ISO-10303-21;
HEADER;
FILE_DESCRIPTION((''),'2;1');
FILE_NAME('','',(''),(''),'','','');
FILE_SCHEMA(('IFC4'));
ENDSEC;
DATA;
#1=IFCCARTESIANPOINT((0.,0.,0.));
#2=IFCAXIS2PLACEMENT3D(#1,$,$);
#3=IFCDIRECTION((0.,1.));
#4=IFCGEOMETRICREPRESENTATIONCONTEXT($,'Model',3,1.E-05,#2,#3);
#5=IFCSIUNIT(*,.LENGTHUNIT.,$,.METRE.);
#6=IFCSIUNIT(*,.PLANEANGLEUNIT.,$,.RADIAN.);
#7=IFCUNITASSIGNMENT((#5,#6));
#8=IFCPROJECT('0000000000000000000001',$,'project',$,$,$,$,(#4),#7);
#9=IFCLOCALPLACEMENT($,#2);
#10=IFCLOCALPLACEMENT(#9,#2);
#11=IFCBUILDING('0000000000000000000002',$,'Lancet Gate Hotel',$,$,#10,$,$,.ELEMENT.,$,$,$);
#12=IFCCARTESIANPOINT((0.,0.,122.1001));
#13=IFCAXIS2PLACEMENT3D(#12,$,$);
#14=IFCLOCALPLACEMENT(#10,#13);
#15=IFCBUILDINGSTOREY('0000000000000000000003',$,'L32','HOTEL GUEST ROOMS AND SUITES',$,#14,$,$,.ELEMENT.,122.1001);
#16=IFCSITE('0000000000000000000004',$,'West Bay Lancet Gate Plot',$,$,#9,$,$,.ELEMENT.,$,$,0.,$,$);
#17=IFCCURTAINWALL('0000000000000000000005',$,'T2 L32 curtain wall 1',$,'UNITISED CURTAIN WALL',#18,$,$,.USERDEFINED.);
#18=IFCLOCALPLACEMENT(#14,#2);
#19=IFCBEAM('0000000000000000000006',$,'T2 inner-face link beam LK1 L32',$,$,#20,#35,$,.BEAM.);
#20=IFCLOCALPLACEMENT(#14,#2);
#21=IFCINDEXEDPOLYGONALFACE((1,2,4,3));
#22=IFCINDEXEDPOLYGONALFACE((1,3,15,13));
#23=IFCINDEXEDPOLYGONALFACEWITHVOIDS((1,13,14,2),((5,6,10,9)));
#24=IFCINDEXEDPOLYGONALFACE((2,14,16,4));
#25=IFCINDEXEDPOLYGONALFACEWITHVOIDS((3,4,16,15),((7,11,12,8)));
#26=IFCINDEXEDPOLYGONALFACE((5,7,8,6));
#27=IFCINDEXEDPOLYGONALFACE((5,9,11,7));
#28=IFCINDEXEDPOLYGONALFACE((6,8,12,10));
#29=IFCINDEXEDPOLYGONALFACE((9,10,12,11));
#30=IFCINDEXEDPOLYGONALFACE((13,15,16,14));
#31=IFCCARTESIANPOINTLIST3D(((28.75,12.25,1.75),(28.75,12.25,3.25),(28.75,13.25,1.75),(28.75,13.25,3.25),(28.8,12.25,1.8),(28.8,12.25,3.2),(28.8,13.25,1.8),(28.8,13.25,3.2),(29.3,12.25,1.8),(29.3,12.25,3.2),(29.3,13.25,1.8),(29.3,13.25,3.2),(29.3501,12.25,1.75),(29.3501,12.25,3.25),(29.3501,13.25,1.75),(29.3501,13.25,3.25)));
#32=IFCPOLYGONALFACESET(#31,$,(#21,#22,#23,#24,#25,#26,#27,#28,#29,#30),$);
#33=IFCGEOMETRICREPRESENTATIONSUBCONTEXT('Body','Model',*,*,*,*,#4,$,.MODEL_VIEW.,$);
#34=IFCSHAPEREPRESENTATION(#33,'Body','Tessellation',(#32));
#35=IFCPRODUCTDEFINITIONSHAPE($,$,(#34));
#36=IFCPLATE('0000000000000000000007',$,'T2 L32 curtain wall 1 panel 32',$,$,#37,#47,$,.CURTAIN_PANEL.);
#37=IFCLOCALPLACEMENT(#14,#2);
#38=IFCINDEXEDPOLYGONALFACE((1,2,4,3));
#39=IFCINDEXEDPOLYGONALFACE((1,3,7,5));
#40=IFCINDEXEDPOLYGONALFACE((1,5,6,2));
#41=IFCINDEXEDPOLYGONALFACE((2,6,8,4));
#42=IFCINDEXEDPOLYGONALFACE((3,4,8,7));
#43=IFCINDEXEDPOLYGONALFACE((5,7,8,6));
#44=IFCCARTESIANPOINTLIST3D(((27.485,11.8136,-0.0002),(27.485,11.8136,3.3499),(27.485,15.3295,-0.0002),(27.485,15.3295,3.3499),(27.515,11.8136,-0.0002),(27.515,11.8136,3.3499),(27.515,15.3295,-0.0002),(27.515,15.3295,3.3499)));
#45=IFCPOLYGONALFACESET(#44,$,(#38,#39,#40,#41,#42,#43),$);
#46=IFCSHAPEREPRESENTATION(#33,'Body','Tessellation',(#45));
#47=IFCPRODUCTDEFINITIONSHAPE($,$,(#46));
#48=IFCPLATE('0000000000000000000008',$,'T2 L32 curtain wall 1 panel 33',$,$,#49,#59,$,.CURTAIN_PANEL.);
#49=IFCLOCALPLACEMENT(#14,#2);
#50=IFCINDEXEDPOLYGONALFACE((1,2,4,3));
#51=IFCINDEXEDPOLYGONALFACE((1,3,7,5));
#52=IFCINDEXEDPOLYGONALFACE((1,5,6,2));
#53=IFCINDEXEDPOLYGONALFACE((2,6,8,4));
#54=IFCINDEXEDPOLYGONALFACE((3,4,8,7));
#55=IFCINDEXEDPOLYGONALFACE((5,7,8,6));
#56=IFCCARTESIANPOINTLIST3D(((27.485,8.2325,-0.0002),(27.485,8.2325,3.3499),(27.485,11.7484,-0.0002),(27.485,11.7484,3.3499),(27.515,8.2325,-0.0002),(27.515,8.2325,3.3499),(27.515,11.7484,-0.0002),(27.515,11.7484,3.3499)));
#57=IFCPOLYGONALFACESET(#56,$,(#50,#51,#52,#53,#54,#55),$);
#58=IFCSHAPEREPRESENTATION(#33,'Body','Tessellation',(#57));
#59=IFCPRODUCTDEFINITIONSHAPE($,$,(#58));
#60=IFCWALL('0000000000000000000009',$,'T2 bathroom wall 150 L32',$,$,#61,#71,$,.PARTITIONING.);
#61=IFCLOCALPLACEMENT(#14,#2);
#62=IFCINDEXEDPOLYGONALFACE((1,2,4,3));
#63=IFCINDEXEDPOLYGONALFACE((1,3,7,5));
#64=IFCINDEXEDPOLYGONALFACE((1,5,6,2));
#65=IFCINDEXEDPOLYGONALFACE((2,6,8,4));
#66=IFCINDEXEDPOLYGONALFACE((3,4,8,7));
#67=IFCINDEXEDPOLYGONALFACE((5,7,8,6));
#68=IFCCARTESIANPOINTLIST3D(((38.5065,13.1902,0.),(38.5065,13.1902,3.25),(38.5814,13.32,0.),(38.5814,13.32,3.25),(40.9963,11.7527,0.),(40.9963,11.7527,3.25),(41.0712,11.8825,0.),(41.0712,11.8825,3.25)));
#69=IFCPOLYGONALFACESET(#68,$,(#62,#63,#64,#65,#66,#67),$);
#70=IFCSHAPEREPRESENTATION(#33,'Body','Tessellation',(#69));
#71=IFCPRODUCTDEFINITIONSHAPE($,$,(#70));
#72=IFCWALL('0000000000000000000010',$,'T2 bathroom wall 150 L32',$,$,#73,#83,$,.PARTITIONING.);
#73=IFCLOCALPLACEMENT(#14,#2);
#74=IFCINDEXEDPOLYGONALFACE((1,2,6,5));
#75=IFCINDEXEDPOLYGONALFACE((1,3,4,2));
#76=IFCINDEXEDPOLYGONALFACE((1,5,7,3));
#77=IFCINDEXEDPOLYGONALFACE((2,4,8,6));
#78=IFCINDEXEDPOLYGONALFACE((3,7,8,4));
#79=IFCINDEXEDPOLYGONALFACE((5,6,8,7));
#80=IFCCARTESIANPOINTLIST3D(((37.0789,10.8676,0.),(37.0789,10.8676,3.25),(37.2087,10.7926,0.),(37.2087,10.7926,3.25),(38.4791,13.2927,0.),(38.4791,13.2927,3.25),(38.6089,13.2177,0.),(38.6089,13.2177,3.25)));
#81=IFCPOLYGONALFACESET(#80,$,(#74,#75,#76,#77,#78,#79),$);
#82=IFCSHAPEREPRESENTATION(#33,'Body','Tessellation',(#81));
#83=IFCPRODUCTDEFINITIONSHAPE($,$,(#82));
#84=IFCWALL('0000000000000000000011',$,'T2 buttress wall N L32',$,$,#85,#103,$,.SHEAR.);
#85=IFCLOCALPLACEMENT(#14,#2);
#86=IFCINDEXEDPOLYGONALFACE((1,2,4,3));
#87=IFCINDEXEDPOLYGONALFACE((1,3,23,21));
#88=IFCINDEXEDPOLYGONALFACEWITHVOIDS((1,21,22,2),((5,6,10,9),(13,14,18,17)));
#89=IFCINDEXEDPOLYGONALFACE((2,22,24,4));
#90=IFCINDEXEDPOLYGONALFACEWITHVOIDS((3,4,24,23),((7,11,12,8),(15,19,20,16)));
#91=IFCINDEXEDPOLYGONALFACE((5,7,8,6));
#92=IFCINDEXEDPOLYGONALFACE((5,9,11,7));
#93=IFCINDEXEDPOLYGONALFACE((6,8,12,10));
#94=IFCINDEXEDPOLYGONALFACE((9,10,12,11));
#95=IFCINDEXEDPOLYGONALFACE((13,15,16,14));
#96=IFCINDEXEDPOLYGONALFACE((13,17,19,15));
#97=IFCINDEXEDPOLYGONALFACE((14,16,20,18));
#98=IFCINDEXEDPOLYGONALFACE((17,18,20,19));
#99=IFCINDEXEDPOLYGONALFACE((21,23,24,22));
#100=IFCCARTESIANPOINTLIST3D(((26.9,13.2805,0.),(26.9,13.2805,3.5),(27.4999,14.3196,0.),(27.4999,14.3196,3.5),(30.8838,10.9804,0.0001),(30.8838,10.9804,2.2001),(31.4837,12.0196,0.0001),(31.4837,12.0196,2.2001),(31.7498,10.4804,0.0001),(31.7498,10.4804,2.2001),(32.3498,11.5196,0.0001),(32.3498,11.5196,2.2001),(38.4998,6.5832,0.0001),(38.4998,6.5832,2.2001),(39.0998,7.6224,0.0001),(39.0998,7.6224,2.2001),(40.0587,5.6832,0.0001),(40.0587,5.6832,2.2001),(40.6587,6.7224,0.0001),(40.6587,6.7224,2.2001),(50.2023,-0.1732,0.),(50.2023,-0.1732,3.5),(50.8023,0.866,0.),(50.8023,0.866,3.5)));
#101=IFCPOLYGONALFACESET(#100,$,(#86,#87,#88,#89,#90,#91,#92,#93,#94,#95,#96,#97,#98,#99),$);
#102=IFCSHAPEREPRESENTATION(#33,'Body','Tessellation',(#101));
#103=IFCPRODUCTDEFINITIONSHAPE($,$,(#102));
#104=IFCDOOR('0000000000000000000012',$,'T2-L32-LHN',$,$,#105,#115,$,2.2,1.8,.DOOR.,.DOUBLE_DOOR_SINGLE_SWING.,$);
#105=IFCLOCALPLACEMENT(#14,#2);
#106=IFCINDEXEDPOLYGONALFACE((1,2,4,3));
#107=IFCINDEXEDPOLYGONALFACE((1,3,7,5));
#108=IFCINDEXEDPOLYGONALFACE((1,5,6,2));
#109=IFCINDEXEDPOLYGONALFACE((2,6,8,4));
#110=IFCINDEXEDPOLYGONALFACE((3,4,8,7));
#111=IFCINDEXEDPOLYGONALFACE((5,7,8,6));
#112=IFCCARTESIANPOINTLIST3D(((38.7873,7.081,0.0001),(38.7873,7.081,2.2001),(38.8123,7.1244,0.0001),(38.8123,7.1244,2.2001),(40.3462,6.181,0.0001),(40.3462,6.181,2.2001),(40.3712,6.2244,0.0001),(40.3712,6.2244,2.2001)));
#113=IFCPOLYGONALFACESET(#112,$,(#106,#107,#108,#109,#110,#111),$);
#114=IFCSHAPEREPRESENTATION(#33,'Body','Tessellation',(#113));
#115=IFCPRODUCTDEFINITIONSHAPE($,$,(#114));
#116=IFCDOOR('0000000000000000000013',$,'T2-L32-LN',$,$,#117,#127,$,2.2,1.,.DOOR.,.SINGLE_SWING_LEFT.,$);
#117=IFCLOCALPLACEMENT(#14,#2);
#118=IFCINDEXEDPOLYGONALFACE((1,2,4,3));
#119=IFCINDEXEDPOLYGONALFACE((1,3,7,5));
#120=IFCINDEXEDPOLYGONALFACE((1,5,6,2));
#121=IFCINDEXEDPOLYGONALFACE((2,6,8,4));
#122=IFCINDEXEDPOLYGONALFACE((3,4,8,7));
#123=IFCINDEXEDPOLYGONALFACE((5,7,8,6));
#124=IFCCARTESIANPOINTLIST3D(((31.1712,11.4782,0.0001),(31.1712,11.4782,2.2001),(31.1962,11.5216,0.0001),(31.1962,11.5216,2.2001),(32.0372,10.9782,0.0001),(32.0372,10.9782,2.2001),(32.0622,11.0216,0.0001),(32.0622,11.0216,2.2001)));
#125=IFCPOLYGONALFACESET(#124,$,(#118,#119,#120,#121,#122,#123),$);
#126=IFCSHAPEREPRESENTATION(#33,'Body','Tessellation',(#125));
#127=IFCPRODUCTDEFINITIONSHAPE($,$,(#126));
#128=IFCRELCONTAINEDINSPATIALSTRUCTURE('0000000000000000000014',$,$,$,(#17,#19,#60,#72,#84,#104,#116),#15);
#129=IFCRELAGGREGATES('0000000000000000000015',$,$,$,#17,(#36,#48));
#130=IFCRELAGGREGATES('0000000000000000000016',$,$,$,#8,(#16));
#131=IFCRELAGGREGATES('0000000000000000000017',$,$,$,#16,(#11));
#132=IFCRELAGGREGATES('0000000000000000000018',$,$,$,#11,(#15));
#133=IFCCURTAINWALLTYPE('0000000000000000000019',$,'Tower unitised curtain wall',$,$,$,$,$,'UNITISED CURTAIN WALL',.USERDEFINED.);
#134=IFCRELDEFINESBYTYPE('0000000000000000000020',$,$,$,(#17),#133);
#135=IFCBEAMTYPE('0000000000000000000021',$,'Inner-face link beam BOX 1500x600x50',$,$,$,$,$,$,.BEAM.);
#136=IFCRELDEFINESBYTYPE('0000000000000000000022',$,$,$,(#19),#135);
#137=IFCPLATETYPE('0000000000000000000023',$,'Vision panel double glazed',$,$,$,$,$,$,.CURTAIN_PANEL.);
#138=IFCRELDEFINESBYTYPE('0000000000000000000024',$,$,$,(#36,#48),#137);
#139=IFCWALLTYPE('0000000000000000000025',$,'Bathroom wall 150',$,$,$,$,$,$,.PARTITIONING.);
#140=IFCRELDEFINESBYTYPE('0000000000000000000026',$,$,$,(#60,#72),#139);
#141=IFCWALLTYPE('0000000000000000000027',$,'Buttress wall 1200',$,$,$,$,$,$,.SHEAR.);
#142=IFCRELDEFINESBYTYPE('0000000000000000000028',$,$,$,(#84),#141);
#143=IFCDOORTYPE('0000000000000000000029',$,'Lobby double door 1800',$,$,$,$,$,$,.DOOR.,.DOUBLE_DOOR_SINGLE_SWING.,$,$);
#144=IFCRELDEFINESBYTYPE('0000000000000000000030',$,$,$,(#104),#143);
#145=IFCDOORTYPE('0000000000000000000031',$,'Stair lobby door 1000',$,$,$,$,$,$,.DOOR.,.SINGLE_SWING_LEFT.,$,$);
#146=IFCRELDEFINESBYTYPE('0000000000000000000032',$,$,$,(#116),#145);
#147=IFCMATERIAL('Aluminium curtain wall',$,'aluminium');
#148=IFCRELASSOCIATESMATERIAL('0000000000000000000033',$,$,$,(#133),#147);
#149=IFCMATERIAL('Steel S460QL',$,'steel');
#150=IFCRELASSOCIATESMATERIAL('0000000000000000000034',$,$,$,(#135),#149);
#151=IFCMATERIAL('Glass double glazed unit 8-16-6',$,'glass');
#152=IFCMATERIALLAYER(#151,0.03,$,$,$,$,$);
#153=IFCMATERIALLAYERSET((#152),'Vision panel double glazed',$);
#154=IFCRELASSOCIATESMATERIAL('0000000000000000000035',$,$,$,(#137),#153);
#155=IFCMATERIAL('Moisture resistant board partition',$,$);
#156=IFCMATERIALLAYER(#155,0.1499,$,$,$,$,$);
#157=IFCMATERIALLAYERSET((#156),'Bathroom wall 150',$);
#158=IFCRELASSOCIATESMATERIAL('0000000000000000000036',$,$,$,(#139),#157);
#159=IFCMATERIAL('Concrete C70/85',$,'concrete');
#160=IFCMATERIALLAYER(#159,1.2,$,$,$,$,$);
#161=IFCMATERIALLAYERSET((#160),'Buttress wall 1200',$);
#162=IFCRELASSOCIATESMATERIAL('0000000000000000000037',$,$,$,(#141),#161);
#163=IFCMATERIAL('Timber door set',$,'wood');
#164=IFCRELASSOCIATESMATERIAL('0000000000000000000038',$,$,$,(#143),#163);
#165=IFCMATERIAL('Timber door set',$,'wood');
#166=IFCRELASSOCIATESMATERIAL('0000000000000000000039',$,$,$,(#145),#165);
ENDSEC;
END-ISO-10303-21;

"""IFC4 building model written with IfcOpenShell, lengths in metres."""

from ifc_helpers import new_model, si_unit, direction, frame, frame_2d, origin, origin_2d, place, context, subcontext, project, spatial, rectangle, hollow_rectangle, extrude, material, layer, layer_set, material_profile, profile_set, type_object, element, fill, aggregate, save


model = new_model("IFC4")

# Units and contexts
model_context = context("Model", 3, precision=1e-05, world=origin(), true_north=direction((0.0, 1.0)))
body_context = subcontext(model_context, "Body", "Model", "MODEL_VIEW")
ifc_project = project(units=[si_unit("LENGTHUNIT", "METRE"), si_unit("PLANEANGLEUNIT", "RADIAN")], contexts=[model_context])

# Site, building, storey
site_placement = place(None, origin())
site = spatial("IfcSite", under=ifc_project, at=site_placement, Name="West Bay Lancet Gate Plot", CompositionType="ELEMENT", RefElevation=0.0)
building_placement = place(site_placement, origin())
building = spatial("IfcBuilding", under=site, at=building_placement, Name="Lancet Gate Hotel", CompositionType="ELEMENT")
storey_placement = place(building_placement, frame((0.0, 0.0, 122.1001)))
storey = spatial("IfcBuildingStorey", under=building, at=storey_placement, Name="L32", Description="HOTEL GUEST ROOMS AND SUITES", CompositionType="ELEMENT", Elevation=122.1001)

# Curtain wall
ifc_material_1 = material(Name="Aluminium curtain wall", Category="aluminium")
curtain_wall_type = type_object("IfcCurtainWallType", Name="Tower unitised curtain wall", ElementType="UNITISED CURTAIN WALL", PredefinedType="USERDEFINED", material=ifc_material_1)
curtain_wall_placement = place(storey_placement, origin())
curtain_wall = element("IfcCurtainWall", 1, at=curtain_wall_placement, inside=storey, type_object=curtain_wall_type, Name="T2 L32 curtain wall 1", ObjectType="UNITISED CURTAIN WALL", PredefinedType="USERDEFINED")

# Beam
ifc_material_2 = material(Name="Steel S460QL", Category="steel")
ifc_material_profile_1 = material_profile(ifc_material_2, hollow_rectangle(XDim=0.6001, YDim=1.5, WallThickness=0.05, at=origin_2d()), Name="BOX 1500x600x50")
ifc_profile_set_1 = profile_set([ifc_material_profile_1], Name="Steel S460QL")
beam_type_1 = type_object("IfcBeamType", Name="Inner-face link beam BOX 1500x600x50", PredefinedType="BEAM", material=ifc_profile_set_1)
beam_1_placement = place(storey_placement, frame((29.05, 12.25, 2.5), z_axis=(0.0, 1.0, 0.0), x_axis=(-1.0, 0.0, 0.0)))
element("IfcBeam", 2, at=beam_1_placement, inside=storey, type_object=beam_type_1, Name="T2 inner-face link beam LK1 L32", PredefinedType="BEAM", context=body_context, shape_type="SweptSolid", body=[
    extrude(hollow_rectangle(XDim=0.6001, YDim=1.5, WallThickness=0.05, at=origin_2d()), origin(), (0.0, 0.0, 1.0), 1.0),
])

# Plates
ifc_material_3 = material(Name="Glass double glazed unit 8-16-6", Category="glass")
ifc_layer_1 = layer(ifc_material_3, 0.03)
ifc_layer_set_1 = layer_set([ifc_layer_1], Name="Vision panel double glazed")
plate_type = type_object("IfcPlateType", Name="Vision panel double glazed", PredefinedType="CURTAIN_PANEL", material=ifc_layer_set_1)
plate_1_placement = place(storey_placement, frame((27.5, 13.5715, -0.0002), z_axis=(0.0, 0.0, 1.0), x_axis=(0.0, -1.0, 0.0)))
plate_1 = element("IfcPlate", 3, at=plate_1_placement, type_object=plate_type, Name="T2 L32 curtain wall 1 panel 32", PredefinedType="CURTAIN_PANEL", context=body_context, shape_type="SweptSolid", body=[
    extrude(rectangle(XDim=3.5159, YDim=0.03, at=origin_2d()), origin(), (0.0, 0.0, 1.0), 3.3501),
])
plate_2_placement = place(storey_placement, frame((27.5, 9.9905, -0.0002), z_axis=(0.0, 0.0, 1.0), x_axis=(0.0, -1.0, 0.0)))
plate_2 = element("IfcPlate", 4, at=plate_2_placement, type_object=plate_type, Name="T2 L32 curtain wall 1 panel 33", PredefinedType="CURTAIN_PANEL", context=body_context, shape_type="SweptSolid", body=[
    extrude(rectangle(XDim=3.5159, YDim=0.03, at=origin_2d()), origin(), (0.0, 0.0, 1.0), 3.3501),
])
aggregate(curtain_wall, [plate_1, plate_2])

# Walls
ifc_material_4 = material(Name="Moisture resistant board partition")
ifc_layer_2 = layer(ifc_material_4, 0.1499)
ifc_layer_set_2 = layer_set([ifc_layer_2], Name="Bathroom wall 150")
wall_type_1 = type_object("IfcWallType", Name="Bathroom wall 150", PredefinedType="PARTITIONING", material=ifc_layer_set_2)
wall_1_placement = place(storey_placement, frame((38.5439, 13.2551, 0.0), z_axis=(0.0, 0.0, 1.0), x_axis=(0.866019, -0.500012, 0.0)))
element("IfcWall", 5, at=wall_1_placement, inside=storey, type_object=wall_type_1, Name="T2 bathroom wall 150 L32", PredefinedType="PARTITIONING", context=body_context, shape_type="SweptSolid", body=[
    extrude(rectangle(XDim=2.875, YDim=0.1499, at=frame_2d((1.4375, 0.0))), origin(), (0.0, 0.0, 1.0), 3.25),
])
wall_2_placement = place(storey_placement, frame((37.1438, 10.8301, 0.0), z_axis=(0.0, 0.0, 1.0), x_axis=(0.500012, 0.866019, 0.0)))
element("IfcWall", 6, at=wall_2_placement, inside=storey, type_object=wall_type_1, Name="T2 bathroom wall 150 L32", PredefinedType="PARTITIONING", context=body_context, shape_type="SweptSolid", body=[
    extrude(rectangle(XDim=2.8003, YDim=0.1499, at=frame_2d((1.4001, 0.0))), origin(), (0.0, 0.0, 1.0), 3.25),
])

# Wall, openings, doors
ifc_material_5 = material(Name="Concrete C70/85", Category="concrete")
ifc_layer_3 = layer(ifc_material_5, 1.2)
ifc_layer_set_3 = layer_set([ifc_layer_3], Name="Buttress wall 1200")
wall_type_2 = type_object("IfcWallType", Name="Buttress wall 1200", PredefinedType="SHEAR", material=ifc_layer_set_3)
wall_3_placement = place(storey_placement, frame((27.2, 13.8, 0.0), z_axis=(0.0, 0.0, 1.0), x_axis=(0.866025, -0.500002, 0.0)))
wall_3 = element("IfcWall", 7, at=wall_3_placement, inside=storey, type_object=wall_type_2, Name="T2 buttress wall N L32", PredefinedType="SHEAR", context=body_context, shape_type="SweptSolid", body=[
    extrude(rectangle(XDim=26.9072, YDim=1.2, at=frame_2d((13.4536, 0.0))), origin(), (0.0, 0.0, 1.0), 3.5),
])
opening_1_placement = place(wall_3_placement, frame((4.6001, 0.0, 0.0)))
opening_1 = element("IfcOpeningElement", 8, at=opening_1_placement, cuts=wall_3, PredefinedType="OPENING", context=body_context, shape_type="SweptSolid", body=[
    extrude(rectangle(XDim=1.0, YDim=2.2, at=frame_2d((0.5, 1.1001))), frame((0.0, 0.6099, 0.0), z_axis=(0.0, -1.0, 0.0), x_axis=(1.0, 0.0, 0.0)), (0.0, 0.0, 1.0), 1.22),
])
opening_2_placement = place(wall_3_placement, frame((13.3945, 0.0, 0.0)))
opening_2 = element("IfcOpeningElement", 9, at=opening_2_placement, cuts=wall_3, PredefinedType="OPENING", context=body_context, shape_type="SweptSolid", body=[
    extrude(rectangle(XDim=1.8, YDim=2.2, at=frame_2d((0.8999, 1.1001))), frame((0.0, 0.6099, 0.0), z_axis=(0.0, -1.0, 0.0), x_axis=(1.0, 0.0, 0.0)), (0.0, 0.0, 1.0), 1.22),
])
ifc_material_6 = material(Name="Timber door set", Category="wood")
door_type_1 = type_object("IfcDoorType", Name="Lobby double door 1800", OperationType="DOUBLE_DOOR_SINGLE_SWING", PredefinedType="DOOR", material=ifc_material_6)
door_1_placement = place(opening_2_placement, origin())
door_1 = element("IfcDoor", 10, at=door_1_placement, inside=storey, type_object=door_type_1, Name="T2-L32-LHN", OperationType="DOUBLE_DOOR_SINGLE_SWING", OverallHeight=2.2, OverallWidth=1.8, PredefinedType="DOOR", context=body_context, shape_type="SweptSolid", body=[
    extrude(rectangle(XDim=1.8, YDim=2.2, at=frame_2d((0.8999, 1.1001))), frame((0.0, 0.0249, 0.0), z_axis=(0.0, -1.0, 0.0), x_axis=(1.0, 0.0, 0.0)), (0.0, 0.0, 1.0), 0.05),
])
fill(opening_2, door_1)
ifc_material_7 = material(Name="Timber door set", Category="wood")
door_type_2 = type_object("IfcDoorType", Name="Stair lobby door 1000", OperationType="SINGLE_SWING_LEFT", PredefinedType="DOOR", material=ifc_material_7)
door_2_placement = place(opening_1_placement, origin())
door_2 = element("IfcDoor", 11, at=door_2_placement, inside=storey, type_object=door_type_2, Name="T2-L32-LN", OperationType="SINGLE_SWING_LEFT", OverallHeight=2.2, OverallWidth=1.0, PredefinedType="DOOR", context=body_context, shape_type="SweptSolid", body=[
    extrude(rectangle(XDim=1.0, YDim=2.2, at=frame_2d((0.5, 1.1001))), frame((0.0, 0.0249, 0.0), z_axis=(0.0, -1.0, 0.0), x_axis=(1.0, 0.0, 0.0)), (0.0, 0.0, 1.0), 0.05),
])
fill(opening_1, door_2)

save(model, "model.ifc")
